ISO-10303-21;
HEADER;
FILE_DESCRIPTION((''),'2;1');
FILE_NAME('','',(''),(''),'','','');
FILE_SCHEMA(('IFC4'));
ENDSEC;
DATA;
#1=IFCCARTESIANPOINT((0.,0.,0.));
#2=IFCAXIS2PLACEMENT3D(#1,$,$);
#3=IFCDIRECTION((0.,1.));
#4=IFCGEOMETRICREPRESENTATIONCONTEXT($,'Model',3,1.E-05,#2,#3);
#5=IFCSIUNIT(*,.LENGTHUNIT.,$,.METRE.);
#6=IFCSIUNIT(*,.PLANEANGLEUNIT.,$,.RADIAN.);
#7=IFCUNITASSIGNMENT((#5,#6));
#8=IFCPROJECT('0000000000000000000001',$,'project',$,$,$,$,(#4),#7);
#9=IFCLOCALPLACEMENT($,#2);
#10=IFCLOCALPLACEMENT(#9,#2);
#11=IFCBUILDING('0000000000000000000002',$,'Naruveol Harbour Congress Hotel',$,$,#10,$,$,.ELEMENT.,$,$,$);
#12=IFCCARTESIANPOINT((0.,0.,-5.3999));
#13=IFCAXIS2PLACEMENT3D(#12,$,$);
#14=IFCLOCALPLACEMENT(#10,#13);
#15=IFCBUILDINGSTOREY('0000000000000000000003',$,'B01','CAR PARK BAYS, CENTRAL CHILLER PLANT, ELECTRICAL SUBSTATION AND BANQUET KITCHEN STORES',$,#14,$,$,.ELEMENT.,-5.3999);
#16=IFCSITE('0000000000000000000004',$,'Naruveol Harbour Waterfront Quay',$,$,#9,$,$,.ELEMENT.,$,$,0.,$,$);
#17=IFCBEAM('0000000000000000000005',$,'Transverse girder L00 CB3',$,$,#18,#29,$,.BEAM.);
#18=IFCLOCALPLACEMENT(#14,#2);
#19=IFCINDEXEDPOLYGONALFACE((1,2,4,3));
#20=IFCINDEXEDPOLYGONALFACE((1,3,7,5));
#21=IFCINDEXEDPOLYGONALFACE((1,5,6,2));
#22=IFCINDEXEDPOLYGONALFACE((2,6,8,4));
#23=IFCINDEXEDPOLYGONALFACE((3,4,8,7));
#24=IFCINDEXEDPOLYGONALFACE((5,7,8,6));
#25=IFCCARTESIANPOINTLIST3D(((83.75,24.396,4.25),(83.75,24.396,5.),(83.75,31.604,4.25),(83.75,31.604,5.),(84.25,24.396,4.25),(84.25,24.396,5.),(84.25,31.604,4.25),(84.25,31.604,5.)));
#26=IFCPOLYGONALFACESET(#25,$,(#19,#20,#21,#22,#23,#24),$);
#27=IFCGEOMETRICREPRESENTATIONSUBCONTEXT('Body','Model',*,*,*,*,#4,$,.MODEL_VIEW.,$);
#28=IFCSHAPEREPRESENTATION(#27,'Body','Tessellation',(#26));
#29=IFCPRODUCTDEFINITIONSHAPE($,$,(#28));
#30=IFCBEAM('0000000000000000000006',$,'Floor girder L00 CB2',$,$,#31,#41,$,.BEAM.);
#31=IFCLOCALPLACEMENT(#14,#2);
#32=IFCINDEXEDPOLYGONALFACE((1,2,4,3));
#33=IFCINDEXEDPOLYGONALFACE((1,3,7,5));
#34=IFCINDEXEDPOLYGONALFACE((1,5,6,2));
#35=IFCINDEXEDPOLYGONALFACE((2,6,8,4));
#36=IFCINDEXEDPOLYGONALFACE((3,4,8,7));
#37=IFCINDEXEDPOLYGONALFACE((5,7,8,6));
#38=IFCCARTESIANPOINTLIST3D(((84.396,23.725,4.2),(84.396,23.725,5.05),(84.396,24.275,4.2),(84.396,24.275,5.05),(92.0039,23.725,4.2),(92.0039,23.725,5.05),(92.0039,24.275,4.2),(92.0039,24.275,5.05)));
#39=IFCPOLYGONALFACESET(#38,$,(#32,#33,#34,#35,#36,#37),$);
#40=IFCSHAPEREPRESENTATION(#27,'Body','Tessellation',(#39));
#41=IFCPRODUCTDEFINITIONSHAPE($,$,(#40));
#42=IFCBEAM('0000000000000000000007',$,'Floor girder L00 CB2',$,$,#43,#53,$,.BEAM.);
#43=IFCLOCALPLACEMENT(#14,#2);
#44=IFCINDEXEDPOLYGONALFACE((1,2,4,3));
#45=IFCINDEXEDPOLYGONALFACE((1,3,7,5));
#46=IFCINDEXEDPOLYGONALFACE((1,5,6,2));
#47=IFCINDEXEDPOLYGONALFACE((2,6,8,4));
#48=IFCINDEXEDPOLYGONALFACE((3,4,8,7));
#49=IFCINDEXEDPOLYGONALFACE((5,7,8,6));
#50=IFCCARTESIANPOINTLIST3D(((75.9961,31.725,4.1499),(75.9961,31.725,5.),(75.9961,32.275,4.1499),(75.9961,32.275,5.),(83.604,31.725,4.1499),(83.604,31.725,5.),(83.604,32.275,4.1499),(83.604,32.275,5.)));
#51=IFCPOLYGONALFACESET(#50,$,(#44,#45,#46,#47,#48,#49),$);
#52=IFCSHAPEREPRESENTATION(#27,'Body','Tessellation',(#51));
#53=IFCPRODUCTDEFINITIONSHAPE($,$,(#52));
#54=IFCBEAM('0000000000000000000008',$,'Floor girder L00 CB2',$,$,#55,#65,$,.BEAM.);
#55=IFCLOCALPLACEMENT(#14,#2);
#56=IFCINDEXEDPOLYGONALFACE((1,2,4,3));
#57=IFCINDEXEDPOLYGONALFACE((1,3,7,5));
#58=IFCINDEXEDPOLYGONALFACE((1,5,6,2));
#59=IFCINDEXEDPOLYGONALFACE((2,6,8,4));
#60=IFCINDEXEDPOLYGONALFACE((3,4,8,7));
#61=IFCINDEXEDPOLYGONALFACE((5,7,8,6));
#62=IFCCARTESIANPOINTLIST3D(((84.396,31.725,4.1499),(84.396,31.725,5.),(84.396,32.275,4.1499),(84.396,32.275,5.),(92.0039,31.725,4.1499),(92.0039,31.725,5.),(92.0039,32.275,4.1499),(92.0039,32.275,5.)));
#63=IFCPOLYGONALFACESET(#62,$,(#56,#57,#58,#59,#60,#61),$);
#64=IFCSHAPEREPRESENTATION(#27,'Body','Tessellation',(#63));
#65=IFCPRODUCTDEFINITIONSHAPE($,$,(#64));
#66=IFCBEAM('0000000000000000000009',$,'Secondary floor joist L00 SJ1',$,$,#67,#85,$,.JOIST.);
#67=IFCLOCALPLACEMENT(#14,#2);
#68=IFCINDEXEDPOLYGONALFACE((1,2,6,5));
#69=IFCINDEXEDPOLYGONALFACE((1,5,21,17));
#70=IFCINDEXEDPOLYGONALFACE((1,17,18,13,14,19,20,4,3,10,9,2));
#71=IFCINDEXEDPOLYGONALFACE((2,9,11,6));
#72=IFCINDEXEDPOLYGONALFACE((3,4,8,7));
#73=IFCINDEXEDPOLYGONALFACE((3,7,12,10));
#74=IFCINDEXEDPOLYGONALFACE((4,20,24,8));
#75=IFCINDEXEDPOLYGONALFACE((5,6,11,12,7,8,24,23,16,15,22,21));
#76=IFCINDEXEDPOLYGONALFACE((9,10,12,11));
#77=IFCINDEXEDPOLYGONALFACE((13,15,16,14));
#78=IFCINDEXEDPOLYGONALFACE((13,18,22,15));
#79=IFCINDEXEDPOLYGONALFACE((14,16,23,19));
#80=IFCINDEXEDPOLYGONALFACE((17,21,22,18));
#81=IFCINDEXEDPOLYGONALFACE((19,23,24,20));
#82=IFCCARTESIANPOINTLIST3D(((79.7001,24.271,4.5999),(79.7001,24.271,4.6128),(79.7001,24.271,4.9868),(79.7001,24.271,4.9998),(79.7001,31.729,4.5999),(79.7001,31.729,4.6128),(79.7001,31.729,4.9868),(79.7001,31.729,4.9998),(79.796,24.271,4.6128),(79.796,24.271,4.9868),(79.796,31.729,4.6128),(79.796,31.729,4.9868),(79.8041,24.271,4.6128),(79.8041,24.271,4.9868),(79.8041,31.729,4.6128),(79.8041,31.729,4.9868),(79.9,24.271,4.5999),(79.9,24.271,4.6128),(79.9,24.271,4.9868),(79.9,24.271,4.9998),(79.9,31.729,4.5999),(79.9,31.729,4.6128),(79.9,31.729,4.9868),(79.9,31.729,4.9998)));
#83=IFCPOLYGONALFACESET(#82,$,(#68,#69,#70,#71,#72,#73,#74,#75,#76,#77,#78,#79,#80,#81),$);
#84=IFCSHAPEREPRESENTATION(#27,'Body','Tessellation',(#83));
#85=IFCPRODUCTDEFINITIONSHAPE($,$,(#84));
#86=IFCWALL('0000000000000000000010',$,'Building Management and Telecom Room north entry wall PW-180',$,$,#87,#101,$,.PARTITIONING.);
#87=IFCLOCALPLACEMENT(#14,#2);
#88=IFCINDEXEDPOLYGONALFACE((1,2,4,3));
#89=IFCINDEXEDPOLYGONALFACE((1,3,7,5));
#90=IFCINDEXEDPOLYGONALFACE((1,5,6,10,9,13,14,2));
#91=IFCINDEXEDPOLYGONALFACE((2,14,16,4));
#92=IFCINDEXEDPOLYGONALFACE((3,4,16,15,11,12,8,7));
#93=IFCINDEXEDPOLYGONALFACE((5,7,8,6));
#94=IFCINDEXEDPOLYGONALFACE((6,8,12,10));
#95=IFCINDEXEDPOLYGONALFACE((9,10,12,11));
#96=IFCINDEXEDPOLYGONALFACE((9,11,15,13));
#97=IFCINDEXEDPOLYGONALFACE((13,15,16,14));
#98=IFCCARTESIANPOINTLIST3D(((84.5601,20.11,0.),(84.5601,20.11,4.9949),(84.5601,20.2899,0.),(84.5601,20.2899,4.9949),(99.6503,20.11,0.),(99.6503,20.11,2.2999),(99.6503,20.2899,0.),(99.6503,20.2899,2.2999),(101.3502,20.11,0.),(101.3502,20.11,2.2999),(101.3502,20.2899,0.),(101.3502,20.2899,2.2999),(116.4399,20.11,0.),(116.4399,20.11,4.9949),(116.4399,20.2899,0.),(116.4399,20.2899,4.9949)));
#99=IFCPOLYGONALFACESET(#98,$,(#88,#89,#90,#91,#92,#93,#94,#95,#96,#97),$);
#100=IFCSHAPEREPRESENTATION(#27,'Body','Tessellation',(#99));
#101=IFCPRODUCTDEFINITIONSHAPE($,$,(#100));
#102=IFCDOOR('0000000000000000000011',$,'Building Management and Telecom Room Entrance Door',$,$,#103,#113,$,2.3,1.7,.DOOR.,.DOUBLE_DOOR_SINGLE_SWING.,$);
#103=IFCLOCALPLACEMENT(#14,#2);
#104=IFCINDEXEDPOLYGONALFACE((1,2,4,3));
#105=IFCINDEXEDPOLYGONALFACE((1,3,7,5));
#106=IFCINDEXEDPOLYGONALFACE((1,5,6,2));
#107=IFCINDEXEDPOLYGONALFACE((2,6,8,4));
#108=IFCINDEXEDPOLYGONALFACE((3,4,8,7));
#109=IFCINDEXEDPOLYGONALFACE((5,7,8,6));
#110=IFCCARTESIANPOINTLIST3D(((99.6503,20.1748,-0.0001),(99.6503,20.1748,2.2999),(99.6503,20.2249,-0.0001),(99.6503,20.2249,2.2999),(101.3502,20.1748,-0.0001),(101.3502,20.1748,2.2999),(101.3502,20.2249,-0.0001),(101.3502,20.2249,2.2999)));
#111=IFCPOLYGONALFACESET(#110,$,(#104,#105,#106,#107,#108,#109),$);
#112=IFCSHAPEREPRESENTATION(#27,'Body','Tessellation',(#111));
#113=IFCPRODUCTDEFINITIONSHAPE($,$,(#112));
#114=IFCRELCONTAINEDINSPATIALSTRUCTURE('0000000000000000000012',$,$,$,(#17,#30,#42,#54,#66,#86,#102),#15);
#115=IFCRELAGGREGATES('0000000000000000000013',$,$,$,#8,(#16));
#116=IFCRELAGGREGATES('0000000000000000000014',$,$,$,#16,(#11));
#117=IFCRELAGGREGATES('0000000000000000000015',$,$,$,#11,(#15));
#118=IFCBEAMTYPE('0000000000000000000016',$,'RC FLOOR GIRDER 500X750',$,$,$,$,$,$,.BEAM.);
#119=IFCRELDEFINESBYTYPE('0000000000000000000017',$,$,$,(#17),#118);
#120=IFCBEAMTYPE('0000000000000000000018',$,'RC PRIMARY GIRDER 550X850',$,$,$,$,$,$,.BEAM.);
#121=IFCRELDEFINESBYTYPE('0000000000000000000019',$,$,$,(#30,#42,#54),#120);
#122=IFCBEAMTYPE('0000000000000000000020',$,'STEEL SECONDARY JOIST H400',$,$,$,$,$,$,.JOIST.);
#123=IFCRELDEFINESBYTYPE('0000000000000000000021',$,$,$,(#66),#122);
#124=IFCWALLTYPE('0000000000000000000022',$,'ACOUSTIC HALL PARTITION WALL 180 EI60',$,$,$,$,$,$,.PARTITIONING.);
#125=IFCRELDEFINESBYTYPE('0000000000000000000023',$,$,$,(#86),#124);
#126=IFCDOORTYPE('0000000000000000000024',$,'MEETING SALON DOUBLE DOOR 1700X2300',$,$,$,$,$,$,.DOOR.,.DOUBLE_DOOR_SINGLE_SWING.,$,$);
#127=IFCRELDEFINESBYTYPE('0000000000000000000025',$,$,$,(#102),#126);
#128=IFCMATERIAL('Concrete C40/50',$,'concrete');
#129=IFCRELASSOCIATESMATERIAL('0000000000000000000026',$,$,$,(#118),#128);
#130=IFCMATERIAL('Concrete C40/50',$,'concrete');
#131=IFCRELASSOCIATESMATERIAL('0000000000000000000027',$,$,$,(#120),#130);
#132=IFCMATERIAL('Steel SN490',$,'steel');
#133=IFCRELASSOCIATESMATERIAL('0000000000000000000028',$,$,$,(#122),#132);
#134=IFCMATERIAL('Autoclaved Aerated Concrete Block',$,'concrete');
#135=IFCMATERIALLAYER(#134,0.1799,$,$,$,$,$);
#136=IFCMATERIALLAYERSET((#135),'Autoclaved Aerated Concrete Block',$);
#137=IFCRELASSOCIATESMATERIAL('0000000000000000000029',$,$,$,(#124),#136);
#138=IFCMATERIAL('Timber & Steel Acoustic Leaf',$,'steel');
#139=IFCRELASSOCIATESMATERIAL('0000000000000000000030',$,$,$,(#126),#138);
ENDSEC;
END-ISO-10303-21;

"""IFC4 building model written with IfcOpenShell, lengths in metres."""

from ifc_helpers import new_model, si_unit, direction, frame, frame_2d, origin, origin_2d, place, context, subcontext, project, spatial, rectangle, i_section, extrude, material, layer, layer_set, material_profile, profile_set, type_object, element, fill, save


model = new_model("IFC4")

# Units and contexts
model_context = context("Model", 3, precision=1e-05, world=origin(), true_north=direction((0.0, 1.0)))
body_context = subcontext(model_context, "Body", "Model", "MODEL_VIEW")
ifc_project = project(units=[si_unit("LENGTHUNIT", "METRE"), si_unit("PLANEANGLEUNIT", "RADIAN")], contexts=[model_context])

# Site, building, storey
site_placement = place(None, origin())
site = spatial("IfcSite", under=ifc_project, at=site_placement, Name="Naruveol Harbour Waterfront Quay", CompositionType="ELEMENT", RefElevation=0.0)
building_placement = place(site_placement, origin())
building = spatial("IfcBuilding", under=site, at=building_placement, Name="Naruveol Harbour Congress Hotel", CompositionType="ELEMENT")
storey_placement = place(building_placement, frame((0.0, 0.0, -5.3999)))
storey = spatial("IfcBuildingStorey", under=building, at=storey_placement, Name="B01", Description="CAR PARK BAYS, CENTRAL CHILLER PLANT, ELECTRICAL SUBSTATION AND BANQUET KITCHEN STORES", CompositionType="ELEMENT", Elevation=-5.3999)

# Beams
ifc_material_1 = material(Name="Concrete C40/50", Category="concrete")
ifc_material_profile_1 = material_profile(ifc_material_1, rectangle(XDim=0.5, YDim=0.75, at=origin_2d()), Name="RCB-500x750")
ifc_profile_set_1 = profile_set([ifc_material_profile_1], Name="Concrete C40/50")
beam_type_1 = type_object("IfcBeamType", Name="RC FLOOR GIRDER 500X750", PredefinedType="BEAM", material=ifc_profile_set_1)
beam_1_placement = place(storey_placement, frame((84.0, 24.396, 4.625), z_axis=(0.0, 1.0, 0.0), x_axis=(-1.0, 0.0, 0.0)))
element("IfcBeam", 1, at=beam_1_placement, inside=storey, type_object=beam_type_1, Name="Transverse girder L00 CB3", PredefinedType="BEAM", context=body_context, shape_type="SweptSolid", body=[
    extrude(rectangle(XDim=0.5, YDim=0.75, at=origin_2d()), origin(), (0.0, 0.0, 1.0), 7.208),
])
ifc_material_2 = material(Name="Concrete C40/50", Category="concrete")
ifc_material_profile_2 = material_profile(ifc_material_2, rectangle(XDim=0.55, YDim=0.8501, at=origin_2d()), Name="RCB-550x850")
ifc_profile_set_2 = profile_set([ifc_material_profile_2], Name="Concrete C40/50")
beam_type_2 = type_object("IfcBeamType", Name="RC PRIMARY GIRDER 550X850", PredefinedType="BEAM", material=ifc_profile_set_2)
for number, where, z_axis, x_axis, name in (
    (2, (84.396, 24.0, 4.625), (1.0, 0.0, 0.0), (0.0, 1.0, 0.0), "Floor girder L00 CB2"),
    (3, (75.9961, 32.0, 4.575), (1.0, 0.0, 0.0), (0.0, 1.0, 0.0), "Floor girder L00 CB2"),
    (4, (84.396, 32.0, 4.575), (1.0, 0.0, 0.0), (0.0, 1.0, 0.0), "Floor girder L00 CB2"),
):
    element("IfcBeam", number, at=place(storey_placement, frame(where, z_axis=z_axis, x_axis=x_axis)), inside=storey, type_object=beam_type_2, Name=name, PredefinedType="BEAM", context=body_context, shape_type="SweptSolid", body=[
        extrude(rectangle(XDim=0.55, YDim=0.8501, at=origin_2d()), origin(), (0.0, 0.0, 1.0), 7.6079),
    ])
ifc_material_3 = material(Name="Steel SN490", Category="steel")
ifc_material_profile_3 = material_profile(ifc_material_3, i_section(OverallWidth=0.2, OverallDepth=0.3999, WebThickness=0.0081, FlangeThickness=0.0129, at=origin_2d()), Name="H-400x200x8x13")
ifc_profile_set_3 = profile_set([ifc_material_profile_3], Name="Steel SN490")
beam_type_3 = type_object("IfcBeamType", Name="STEEL SECONDARY JOIST H400", PredefinedType="JOIST", material=ifc_profile_set_3)
beam_2_placement = place(storey_placement, frame((79.8, 24.271, 4.7998), z_axis=(0.0, 1.0, 0.0), x_axis=(-1.0, 0.0, 0.0)))
element("IfcBeam", 5, at=beam_2_placement, inside=storey, type_object=beam_type_3, Name="Secondary floor joist L00 SJ1", PredefinedType="JOIST", context=body_context, shape_type="SweptSolid", body=[
    extrude(i_section(OverallWidth=0.2, OverallDepth=0.3999, WebThickness=0.0081, FlangeThickness=0.0129, at=origin_2d()), origin(), (0.0, 0.0, 1.0), 7.458),
])

# Wall, opening, door
ifc_material_4 = material(Name="Autoclaved Aerated Concrete Block", Category="concrete")
ifc_layer = layer(ifc_material_4, 0.1799)
ifc_layer_set = layer_set([ifc_layer], Name="Autoclaved Aerated Concrete Block")
wall_type = type_object("IfcWallType", Name="ACOUSTIC HALL PARTITION WALL 180 EI60", PredefinedType="PARTITIONING", material=ifc_layer_set)
wall_placement = place(storey_placement, frame((84.5601, 20.2, 0.0), z_axis=(0.0, 0.0, 1.0), x_axis=(1.0, 0.0, 0.0)))
wall = element("IfcWall", 6, at=wall_placement, inside=storey, type_object=wall_type, Name="Building Management and Telecom Room north entry wall PW-180", PredefinedType="PARTITIONING", context=body_context, shape_type="SweptSolid", body=[
    extrude(rectangle(XDim=31.8799, YDim=0.1799, at=frame_2d((15.9399, 0.0))), origin(), (0.0, 0.0, 1.0), 4.9949),
])
opening_placement = place(wall_placement, frame((15.0901, 0.0, 0.0)))
opening = element("IfcOpeningElement", 7, at=opening_placement, cuts=wall, PredefinedType="OPENING", context=body_context, shape_type="SweptSolid", body=[
    extrude(rectangle(XDim=1.7, YDim=2.3, at=frame_2d((0.8501, 1.1499))), frame((0.0, 0.0999, 0.0), z_axis=(0.0, -1.0, 0.0), x_axis=(1.0, 0.0, 0.0)), (0.0, 0.0, 1.0), 0.2),
])
ifc_material_5 = material(Name="Timber & Steel Acoustic Leaf", Category="steel")
door_type = type_object("IfcDoorType", Name="MEETING SALON DOUBLE DOOR 1700X2300", OperationType="DOUBLE_DOOR_SINGLE_SWING", PredefinedType="DOOR", material=ifc_material_5)
door_placement = place(opening_placement, origin())
door = element("IfcDoor", 8, at=door_placement, inside=storey, type_object=door_type, Name="Building Management and Telecom Room Entrance Door", OperationType="DOUBLE_DOOR_SINGLE_SWING", OverallHeight=2.3, OverallWidth=1.7, PredefinedType="DOOR", context=body_context, shape_type="SweptSolid", body=[
    extrude(rectangle(XDim=1.7, YDim=2.3, at=frame_2d((0.8501, 1.1499))), frame((0.0, 0.0249, 0.0), z_axis=(0.0, -1.0, 0.0), x_axis=(1.0, 0.0, 0.0)), (0.0, 0.0, 1.0), 0.05),
])
fill(opening, door)

save(model, "model.ifc")
